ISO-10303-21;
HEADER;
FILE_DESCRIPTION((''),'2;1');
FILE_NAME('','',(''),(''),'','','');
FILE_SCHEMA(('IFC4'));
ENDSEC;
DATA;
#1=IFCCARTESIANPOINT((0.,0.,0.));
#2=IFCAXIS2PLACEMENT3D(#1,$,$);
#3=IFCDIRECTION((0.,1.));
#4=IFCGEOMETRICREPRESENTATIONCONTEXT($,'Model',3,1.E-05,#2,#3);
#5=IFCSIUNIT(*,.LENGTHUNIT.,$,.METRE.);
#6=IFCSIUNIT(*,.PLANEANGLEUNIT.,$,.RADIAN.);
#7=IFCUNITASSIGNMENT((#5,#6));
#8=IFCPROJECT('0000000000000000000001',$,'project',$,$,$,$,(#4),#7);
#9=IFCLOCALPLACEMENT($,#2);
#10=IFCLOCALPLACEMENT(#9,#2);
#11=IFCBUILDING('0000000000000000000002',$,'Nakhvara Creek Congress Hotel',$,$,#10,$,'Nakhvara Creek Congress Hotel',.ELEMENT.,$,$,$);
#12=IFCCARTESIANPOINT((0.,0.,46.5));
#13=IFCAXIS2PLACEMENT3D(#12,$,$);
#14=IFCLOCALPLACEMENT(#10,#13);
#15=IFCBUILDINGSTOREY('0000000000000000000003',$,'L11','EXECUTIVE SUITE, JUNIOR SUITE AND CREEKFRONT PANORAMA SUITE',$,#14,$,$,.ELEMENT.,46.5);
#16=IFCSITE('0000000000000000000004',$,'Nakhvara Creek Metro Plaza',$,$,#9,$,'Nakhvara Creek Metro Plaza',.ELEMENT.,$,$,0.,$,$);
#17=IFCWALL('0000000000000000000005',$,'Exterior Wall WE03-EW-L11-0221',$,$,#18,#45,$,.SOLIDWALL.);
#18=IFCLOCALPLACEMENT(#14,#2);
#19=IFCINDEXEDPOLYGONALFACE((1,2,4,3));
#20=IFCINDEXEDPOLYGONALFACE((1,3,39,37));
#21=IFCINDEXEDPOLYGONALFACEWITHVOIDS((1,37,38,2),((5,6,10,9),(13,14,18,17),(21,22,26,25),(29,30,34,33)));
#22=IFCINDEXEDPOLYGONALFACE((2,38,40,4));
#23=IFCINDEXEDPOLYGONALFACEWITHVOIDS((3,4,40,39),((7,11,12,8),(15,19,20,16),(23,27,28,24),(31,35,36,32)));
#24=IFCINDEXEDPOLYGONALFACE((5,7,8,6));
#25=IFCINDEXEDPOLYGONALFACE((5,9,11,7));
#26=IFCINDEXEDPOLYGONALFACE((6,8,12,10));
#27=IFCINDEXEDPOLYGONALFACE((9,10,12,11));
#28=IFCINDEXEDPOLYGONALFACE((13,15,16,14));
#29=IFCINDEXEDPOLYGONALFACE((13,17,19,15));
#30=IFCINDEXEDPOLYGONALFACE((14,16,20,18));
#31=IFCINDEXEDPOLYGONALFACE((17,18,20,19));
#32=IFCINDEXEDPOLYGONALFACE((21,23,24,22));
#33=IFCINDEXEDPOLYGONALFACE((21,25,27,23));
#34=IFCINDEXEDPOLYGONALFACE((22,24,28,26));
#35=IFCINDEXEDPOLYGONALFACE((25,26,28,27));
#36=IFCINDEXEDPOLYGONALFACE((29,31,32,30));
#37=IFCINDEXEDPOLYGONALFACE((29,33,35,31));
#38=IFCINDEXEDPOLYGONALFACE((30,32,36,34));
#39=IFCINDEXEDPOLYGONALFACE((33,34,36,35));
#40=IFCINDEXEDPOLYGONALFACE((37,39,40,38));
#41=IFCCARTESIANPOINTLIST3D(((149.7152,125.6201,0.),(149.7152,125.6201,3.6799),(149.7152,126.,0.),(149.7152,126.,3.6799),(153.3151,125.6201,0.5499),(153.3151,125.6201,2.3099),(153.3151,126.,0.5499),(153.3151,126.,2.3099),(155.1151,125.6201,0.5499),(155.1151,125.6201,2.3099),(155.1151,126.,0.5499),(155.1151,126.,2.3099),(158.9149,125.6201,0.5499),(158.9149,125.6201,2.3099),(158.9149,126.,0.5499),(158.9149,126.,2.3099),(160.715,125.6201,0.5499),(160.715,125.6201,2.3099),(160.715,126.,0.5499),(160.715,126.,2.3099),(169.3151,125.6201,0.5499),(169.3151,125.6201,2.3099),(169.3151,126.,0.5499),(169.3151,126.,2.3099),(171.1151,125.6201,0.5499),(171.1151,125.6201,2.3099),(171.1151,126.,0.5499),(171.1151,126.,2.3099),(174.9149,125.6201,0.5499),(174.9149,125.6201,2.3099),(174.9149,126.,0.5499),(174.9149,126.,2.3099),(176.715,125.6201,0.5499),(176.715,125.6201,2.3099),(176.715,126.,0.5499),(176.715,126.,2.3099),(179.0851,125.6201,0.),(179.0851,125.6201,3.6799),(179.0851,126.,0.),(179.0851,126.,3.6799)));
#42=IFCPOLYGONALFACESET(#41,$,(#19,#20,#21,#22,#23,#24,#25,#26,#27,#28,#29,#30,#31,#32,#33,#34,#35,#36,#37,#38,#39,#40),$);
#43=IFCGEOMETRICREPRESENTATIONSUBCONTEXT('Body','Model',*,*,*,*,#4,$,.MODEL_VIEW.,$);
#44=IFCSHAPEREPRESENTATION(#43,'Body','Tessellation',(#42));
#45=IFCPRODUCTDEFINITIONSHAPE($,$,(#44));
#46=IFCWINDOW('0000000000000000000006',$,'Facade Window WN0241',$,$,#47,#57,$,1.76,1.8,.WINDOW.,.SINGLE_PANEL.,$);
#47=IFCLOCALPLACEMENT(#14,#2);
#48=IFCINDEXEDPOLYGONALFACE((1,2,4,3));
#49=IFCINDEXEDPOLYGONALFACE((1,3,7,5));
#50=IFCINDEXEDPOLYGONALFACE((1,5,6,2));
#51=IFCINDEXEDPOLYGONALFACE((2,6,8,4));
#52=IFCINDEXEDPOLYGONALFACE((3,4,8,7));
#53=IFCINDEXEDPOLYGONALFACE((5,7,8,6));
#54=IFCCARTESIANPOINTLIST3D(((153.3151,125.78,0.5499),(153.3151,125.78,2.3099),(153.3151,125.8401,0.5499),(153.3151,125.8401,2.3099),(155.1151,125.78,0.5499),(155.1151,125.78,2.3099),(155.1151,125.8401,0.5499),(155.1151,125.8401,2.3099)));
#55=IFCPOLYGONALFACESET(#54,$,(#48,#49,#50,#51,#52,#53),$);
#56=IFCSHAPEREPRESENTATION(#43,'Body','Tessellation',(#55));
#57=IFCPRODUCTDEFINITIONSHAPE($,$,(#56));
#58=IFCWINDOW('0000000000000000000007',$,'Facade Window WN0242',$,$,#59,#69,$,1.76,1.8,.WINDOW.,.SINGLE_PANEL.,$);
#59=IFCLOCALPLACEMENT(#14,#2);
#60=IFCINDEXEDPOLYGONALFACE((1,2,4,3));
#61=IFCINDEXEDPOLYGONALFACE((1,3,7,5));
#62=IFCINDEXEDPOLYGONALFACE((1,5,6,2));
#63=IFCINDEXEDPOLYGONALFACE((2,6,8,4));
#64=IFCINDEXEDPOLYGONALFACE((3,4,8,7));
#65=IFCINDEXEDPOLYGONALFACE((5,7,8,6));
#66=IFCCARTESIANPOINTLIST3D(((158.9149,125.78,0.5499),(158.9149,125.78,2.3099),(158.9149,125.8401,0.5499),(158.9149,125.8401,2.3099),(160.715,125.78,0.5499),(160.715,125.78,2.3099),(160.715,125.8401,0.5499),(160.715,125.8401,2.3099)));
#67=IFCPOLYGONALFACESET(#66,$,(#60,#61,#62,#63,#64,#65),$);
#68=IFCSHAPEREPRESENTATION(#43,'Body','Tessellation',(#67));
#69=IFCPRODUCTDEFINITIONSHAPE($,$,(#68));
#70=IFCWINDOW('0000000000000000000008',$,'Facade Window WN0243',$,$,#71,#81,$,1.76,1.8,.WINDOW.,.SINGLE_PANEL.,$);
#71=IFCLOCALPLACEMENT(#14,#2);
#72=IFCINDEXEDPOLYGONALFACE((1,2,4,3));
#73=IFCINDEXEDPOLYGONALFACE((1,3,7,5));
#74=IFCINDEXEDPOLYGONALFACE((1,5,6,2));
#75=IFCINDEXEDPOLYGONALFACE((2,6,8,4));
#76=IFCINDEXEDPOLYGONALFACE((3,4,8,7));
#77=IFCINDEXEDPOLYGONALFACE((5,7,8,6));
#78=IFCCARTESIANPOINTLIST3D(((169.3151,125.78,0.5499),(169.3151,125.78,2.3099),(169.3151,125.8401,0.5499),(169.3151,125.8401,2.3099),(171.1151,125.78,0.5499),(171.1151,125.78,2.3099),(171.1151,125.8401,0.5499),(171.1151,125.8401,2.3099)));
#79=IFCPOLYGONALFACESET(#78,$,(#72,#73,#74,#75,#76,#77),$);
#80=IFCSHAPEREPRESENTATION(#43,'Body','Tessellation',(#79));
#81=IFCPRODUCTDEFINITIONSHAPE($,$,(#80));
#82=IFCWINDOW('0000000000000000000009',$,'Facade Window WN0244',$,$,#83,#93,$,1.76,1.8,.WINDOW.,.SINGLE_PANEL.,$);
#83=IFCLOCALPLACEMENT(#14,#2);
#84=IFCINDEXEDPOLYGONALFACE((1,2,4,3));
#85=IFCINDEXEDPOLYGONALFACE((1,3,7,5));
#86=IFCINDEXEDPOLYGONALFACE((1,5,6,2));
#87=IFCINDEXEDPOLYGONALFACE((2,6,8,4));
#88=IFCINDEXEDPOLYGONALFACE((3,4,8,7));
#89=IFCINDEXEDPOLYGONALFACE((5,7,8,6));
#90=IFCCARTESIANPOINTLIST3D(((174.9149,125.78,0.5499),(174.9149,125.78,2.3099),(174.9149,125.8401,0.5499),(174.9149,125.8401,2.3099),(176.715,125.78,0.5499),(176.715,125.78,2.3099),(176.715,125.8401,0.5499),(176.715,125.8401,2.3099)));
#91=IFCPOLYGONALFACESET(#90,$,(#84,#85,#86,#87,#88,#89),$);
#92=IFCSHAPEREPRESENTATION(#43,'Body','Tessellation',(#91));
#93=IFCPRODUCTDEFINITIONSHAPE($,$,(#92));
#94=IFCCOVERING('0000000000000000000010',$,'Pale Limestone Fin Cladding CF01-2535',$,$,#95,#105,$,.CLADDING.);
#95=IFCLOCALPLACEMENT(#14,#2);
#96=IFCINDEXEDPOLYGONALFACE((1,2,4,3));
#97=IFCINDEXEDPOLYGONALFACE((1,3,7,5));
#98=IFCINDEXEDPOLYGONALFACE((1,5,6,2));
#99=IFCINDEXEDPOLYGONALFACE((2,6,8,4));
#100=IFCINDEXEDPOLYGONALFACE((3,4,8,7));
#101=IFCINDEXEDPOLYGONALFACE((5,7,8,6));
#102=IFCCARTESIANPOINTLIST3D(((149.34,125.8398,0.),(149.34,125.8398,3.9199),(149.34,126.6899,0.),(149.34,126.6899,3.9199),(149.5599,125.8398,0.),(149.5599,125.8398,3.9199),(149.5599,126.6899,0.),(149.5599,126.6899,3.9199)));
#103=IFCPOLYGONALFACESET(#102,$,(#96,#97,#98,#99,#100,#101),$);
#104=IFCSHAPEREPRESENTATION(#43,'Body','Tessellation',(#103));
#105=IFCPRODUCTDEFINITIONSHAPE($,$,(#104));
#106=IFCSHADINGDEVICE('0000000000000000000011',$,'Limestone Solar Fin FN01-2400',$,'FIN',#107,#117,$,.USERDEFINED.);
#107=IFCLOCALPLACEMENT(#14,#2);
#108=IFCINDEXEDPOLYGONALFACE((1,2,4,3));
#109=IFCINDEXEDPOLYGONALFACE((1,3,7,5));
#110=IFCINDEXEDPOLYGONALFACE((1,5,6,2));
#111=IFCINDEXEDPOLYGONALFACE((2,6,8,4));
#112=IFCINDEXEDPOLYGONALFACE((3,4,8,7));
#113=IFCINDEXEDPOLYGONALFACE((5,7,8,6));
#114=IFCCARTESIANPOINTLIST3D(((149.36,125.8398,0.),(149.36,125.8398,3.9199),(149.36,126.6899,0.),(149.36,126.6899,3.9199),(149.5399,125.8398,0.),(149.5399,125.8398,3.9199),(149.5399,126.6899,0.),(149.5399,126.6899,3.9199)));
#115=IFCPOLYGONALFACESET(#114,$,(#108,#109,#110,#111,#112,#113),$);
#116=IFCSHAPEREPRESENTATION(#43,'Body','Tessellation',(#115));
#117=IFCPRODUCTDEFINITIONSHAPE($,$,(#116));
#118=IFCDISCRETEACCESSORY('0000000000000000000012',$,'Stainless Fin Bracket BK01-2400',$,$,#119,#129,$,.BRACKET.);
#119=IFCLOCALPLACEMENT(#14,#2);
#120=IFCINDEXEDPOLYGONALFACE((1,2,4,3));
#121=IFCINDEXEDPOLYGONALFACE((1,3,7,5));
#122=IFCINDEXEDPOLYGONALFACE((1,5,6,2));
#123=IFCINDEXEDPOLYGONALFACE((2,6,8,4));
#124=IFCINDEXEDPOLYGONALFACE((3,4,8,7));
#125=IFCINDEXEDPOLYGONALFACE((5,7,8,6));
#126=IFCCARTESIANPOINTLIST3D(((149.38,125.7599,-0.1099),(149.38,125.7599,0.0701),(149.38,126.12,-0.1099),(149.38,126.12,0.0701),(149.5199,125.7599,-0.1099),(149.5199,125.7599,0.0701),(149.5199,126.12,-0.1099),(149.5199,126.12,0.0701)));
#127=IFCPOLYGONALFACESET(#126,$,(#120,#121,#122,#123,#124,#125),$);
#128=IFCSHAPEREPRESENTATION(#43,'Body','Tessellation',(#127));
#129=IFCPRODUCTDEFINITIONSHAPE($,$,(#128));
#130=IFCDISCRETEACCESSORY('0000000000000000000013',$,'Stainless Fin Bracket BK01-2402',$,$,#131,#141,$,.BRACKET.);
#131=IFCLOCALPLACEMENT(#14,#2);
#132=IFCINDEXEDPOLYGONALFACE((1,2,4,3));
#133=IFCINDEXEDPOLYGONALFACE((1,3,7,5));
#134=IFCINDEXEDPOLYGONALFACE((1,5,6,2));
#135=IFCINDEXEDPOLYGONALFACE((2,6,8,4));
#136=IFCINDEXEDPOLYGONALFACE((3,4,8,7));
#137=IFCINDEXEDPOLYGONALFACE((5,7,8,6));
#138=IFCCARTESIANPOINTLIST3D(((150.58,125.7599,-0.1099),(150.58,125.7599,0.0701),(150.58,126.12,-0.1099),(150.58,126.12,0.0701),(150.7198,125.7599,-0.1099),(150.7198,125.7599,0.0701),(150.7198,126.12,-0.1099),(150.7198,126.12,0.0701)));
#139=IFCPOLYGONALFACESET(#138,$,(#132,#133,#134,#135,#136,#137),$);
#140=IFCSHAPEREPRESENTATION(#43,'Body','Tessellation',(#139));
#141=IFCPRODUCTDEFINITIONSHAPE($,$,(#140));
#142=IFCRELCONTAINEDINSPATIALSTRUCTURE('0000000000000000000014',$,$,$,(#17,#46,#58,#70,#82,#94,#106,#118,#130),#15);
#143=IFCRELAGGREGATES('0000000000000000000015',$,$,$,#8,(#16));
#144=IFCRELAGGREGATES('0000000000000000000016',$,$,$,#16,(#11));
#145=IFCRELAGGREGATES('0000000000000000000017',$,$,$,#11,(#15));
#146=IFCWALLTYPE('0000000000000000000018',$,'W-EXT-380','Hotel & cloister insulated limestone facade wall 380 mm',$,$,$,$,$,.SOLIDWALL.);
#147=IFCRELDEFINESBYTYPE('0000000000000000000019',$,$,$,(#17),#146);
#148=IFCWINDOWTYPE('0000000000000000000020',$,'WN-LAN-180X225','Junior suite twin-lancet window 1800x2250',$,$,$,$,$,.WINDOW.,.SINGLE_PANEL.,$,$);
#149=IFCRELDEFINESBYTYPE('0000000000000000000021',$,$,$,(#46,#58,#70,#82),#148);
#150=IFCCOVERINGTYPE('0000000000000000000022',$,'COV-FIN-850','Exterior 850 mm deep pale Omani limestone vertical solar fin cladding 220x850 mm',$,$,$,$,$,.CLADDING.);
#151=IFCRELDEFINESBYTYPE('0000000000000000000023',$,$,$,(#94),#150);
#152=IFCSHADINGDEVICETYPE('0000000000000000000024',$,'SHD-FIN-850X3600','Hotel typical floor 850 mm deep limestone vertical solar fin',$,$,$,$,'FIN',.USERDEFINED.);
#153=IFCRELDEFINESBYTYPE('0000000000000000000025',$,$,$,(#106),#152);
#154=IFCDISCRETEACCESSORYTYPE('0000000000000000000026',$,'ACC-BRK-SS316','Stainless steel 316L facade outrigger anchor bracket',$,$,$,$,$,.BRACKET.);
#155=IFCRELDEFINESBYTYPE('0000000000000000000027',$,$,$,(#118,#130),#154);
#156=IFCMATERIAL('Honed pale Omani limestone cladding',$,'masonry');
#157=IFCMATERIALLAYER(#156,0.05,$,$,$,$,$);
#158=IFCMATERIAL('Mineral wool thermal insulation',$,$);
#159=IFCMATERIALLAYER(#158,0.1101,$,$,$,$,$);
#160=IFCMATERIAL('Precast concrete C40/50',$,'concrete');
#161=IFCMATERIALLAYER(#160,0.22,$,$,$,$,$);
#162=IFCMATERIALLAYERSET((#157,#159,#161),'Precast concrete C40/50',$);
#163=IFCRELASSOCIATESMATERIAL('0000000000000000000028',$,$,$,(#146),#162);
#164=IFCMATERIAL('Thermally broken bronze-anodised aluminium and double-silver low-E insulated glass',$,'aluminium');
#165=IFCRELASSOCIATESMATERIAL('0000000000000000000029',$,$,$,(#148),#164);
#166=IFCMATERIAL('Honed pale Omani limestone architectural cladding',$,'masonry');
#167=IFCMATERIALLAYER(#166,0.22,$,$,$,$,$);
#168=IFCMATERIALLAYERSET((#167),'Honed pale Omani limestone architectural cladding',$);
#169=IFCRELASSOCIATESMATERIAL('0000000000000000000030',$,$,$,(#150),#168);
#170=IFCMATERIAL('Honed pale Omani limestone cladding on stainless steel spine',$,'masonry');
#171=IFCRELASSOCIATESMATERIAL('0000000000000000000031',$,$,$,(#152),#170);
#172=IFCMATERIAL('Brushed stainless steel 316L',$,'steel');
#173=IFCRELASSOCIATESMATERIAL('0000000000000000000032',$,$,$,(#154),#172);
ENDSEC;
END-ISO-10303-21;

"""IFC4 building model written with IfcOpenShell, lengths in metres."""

from ifc_helpers import new_model, si_unit, direction, frame, frame_2d, origin, origin_2d, place, context, subcontext, project, spatial, rectangle, extrude, material, layer, layer_set, type_object, element, fill, save


model = new_model("IFC4")

# Units and contexts
model_context = context("Model", 3, precision=1e-05, world=origin(), true_north=direction((0.0, 1.0)))
body_context = subcontext(model_context, "Body", "Model", "MODEL_VIEW")
ifc_project = project(units=[si_unit("LENGTHUNIT", "METRE"), si_unit("PLANEANGLEUNIT", "RADIAN")], contexts=[model_context])

# Site, building, storey
site_placement = place(None, origin())
site = spatial("IfcSite", under=ifc_project, at=site_placement, Name="Nakhvara Creek Metro Plaza", LongName="Nakhvara Creek Metro Plaza", CompositionType="ELEMENT", RefElevation=0.0)
building_placement = place(site_placement, origin())
building = spatial("IfcBuilding", under=site, at=building_placement, Name="Nakhvara Creek Congress Hotel", LongName="Nakhvara Creek Congress Hotel", CompositionType="ELEMENT")
storey_placement = place(building_placement, frame((0.0, 0.0, 46.5)))
storey = spatial("IfcBuildingStorey", under=building, at=storey_placement, Name="L11", Description="EXECUTIVE SUITE, JUNIOR SUITE AND CREEKFRONT PANORAMA SUITE", CompositionType="ELEMENT", Elevation=46.5)

# Wall, openings, windows
ifc_material_1 = material(Name="Honed pale Omani limestone cladding", Category="masonry")
ifc_layer_1 = layer(ifc_material_1, 0.05)
ifc_material_2 = material(Name="Mineral wool thermal insulation")
ifc_layer_2 = layer(ifc_material_2, 0.1101)
ifc_material_3 = material(Name="Precast concrete C40/50", Category="concrete")
ifc_layer_3 = layer(ifc_material_3, 0.22)
ifc_layer_set_1 = layer_set([ifc_layer_1, ifc_layer_2, ifc_layer_3], Name="Precast concrete C40/50")
wall_type = type_object("IfcWallType", Name="W-EXT-380", Description="Hotel & cloister insulated limestone facade wall 380 mm", PredefinedType="SOLIDWALL", material=ifc_layer_set_1)
wall_placement = place(storey_placement, frame((149.7151, 125.8101, 0.0), z_axis=(0.0, 0.0, 1.0), x_axis=(1.0, 0.0, 0.0)))
wall = element("IfcWall", 1, at=wall_placement, inside=storey, type_object=wall_type, Name="Exterior Wall WE03-EW-L11-0221", PredefinedType="SOLIDWALL", context=body_context, shape_type="SweptSolid", body=[
    extrude(rectangle(XDim=29.3699, YDim=0.3799, at=frame_2d((14.6851, 0.0))), origin(), (0.0, 0.0, 1.0), 3.6799),
])
opening_1_placement = place(wall_placement, frame((3.6001, 0.0, 0.55)))
opening_1 = element("IfcOpeningElement", 2, at=opening_1_placement, cuts=wall, PredefinedType="OPENING", context=body_context, shape_type="SweptSolid", body=[
    extrude(rectangle(XDim=1.8, YDim=1.76, at=frame_2d((0.8999, 0.8799))), frame((0.0, 0.2019, 0.0), z_axis=(0.0, -1.0, 0.0), x_axis=(1.0, 0.0, 0.0)), (0.0, 0.0, 1.0), 0.4038),
])
opening_2_placement = place(wall_placement, frame((9.2, 0.0, 0.55)))
opening_2 = element("IfcOpeningElement", 3, at=opening_2_placement, cuts=wall, PredefinedType="OPENING", context=body_context, shape_type="SweptSolid", body=[
    extrude(rectangle(XDim=1.8, YDim=1.76, at=frame_2d((0.8999, 0.8799))), frame((0.0, 0.2019, 0.0), z_axis=(0.0, -1.0, 0.0), x_axis=(1.0, 0.0, 0.0)), (0.0, 0.0, 1.0), 0.4038),
])
opening_3_placement = place(wall_placement, frame((19.6001, 0.0, 0.55)))
opening_3 = element("IfcOpeningElement", 4, at=opening_3_placement, cuts=wall, PredefinedType="OPENING", context=body_context, shape_type="SweptSolid", body=[
    extrude(rectangle(XDim=1.8, YDim=1.76, at=frame_2d((0.8999, 0.8799))), frame((0.0, 0.2019, 0.0), z_axis=(0.0, -1.0, 0.0), x_axis=(1.0, 0.0, 0.0)), (0.0, 0.0, 1.0), 0.4038),
])
opening_4_placement = place(wall_placement, frame((25.2, 0.0, 0.55)))
opening_4 = element("IfcOpeningElement", 5, at=opening_4_placement, cuts=wall, PredefinedType="OPENING", context=body_context, shape_type="SweptSolid", body=[
    extrude(rectangle(XDim=1.8, YDim=1.76, at=frame_2d((0.8999, 0.8799))), frame((0.0, 0.2019, 0.0), z_axis=(0.0, -1.0, 0.0), x_axis=(1.0, 0.0, 0.0)), (0.0, 0.0, 1.0), 0.4038),
])
ifc_material_4 = material(Name="Thermally broken bronze-anodised aluminium and double-silver low-E insulated glass", Category="aluminium")
window_type = type_object("IfcWindowType", Name="WN-LAN-180X225", Description="Junior suite twin-lancet window 1800x2250", PartitioningType="SINGLE_PANEL", PredefinedType="WINDOW", material=ifc_material_4)
window_1_placement = place(opening_1_placement, origin())
window_1 = element("IfcWindow", 6, at=window_1_placement, inside=storey, type_object=window_type, Name="Facade Window WN0241", OverallHeight=1.76, OverallWidth=1.8, PartitioningType="SINGLE_PANEL", PredefinedType="WINDOW", context=body_context, shape_type="SweptSolid", body=[
    extrude(rectangle(XDim=1.8, YDim=1.76, at=frame_2d((0.8999, 0.8799))), frame((0.0, 0.03, 0.0), z_axis=(0.0, -1.0, 0.0), x_axis=(1.0, 0.0, 0.0)), (0.0, 0.0, 1.0), 0.0601),
])
fill(opening_1, window_1)
window_2_placement = place(opening_2_placement, origin())
window_2 = element("IfcWindow", 7, at=window_2_placement, inside=storey, type_object=window_type, Name="Facade Window WN0242", OverallHeight=1.76, OverallWidth=1.8, PartitioningType="SINGLE_PANEL", PredefinedType="WINDOW", context=body_context, shape_type="SweptSolid", body=[
    extrude(rectangle(XDim=1.8, YDim=1.76, at=frame_2d((0.8999, 0.8799))), frame((0.0, 0.03, 0.0), z_axis=(0.0, -1.0, 0.0), x_axis=(1.0, 0.0, 0.0)), (0.0, 0.0, 1.0), 0.0601),
])
fill(opening_2, window_2)
window_3_placement = place(opening_3_placement, origin())
window_3 = element("IfcWindow", 8, at=window_3_placement, inside=storey, type_object=window_type, Name="Facade Window WN0243", OverallHeight=1.76, OverallWidth=1.8, PartitioningType="SINGLE_PANEL", PredefinedType="WINDOW", context=body_context, shape_type="SweptSolid", body=[
    extrude(rectangle(XDim=1.8, YDim=1.76, at=frame_2d((0.8999, 0.8799))), frame((0.0, 0.03, 0.0), z_axis=(0.0, -1.0, 0.0), x_axis=(1.0, 0.0, 0.0)), (0.0, 0.0, 1.0), 0.0601),
])
fill(opening_3, window_3)
window_4_placement = place(opening_4_placement, origin())
window_4 = element("IfcWindow", 9, at=window_4_placement, inside=storey, type_object=window_type, Name="Facade Window WN0244", OverallHeight=1.76, OverallWidth=1.8, PartitioningType="SINGLE_PANEL", PredefinedType="WINDOW", context=body_context, shape_type="SweptSolid", body=[
    extrude(rectangle(XDim=1.8, YDim=1.76, at=frame_2d((0.8999, 0.8799))), frame((0.0, 0.03, 0.0), z_axis=(0.0, -1.0, 0.0), x_axis=(1.0, 0.0, 0.0)), (0.0, 0.0, 1.0), 0.0601),
])
fill(opening_4, window_4)

# Covering
ifc_material_5 = material(Name="Honed pale Omani limestone architectural cladding", Category="masonry")
ifc_layer_4 = layer(ifc_material_5, 0.22)
ifc_layer_set_2 = layer_set([ifc_layer_4], Name="Honed pale Omani limestone architectural cladding")
covering_type = type_object("IfcCoveringType", Name="COV-FIN-850", Description="Exterior 850 mm deep pale Omani limestone vertical solar fin cladding 220x850 mm", PredefinedType="CLADDING", material=ifc_layer_set_2)
covering_placement = place(storey_placement, frame((149.45, 126.2649, 0.0), z_axis=(0.0, 0.0, 1.0), x_axis=(1.0, 0.0, 0.0)))
element("IfcCovering", 10, at=covering_placement, inside=storey, type_object=covering_type, Name="Pale Limestone Fin Cladding CF01-2535", PredefinedType="CLADDING", context=body_context, shape_type="SweptSolid", body=[
    extrude(rectangle(XDim=0.22, YDim=0.8501, at=origin_2d()), origin(), (0.0, 0.0, 1.0), 3.9199),
])

# Shading device
ifc_material_6 = material(Name="Honed pale Omani limestone cladding on stainless steel spine", Category="masonry")
shading_device_type = type_object("IfcShadingDeviceType", Name="SHD-FIN-850X3600", Description="Hotel typical floor 850 mm deep limestone vertical solar fin", ElementType="FIN", PredefinedType="USERDEFINED", material=ifc_material_6)
shading_device_placement = place(storey_placement, frame((149.45, 126.2649, 0.0), z_axis=(0.0, 0.0, 1.0), x_axis=(1.0, 0.0, 0.0)))
element("IfcShadingDevice", 11, at=shading_device_placement, inside=storey, type_object=shading_device_type, Name="Limestone Solar Fin FN01-2400", ObjectType="FIN", PredefinedType="USERDEFINED", context=body_context, shape_type="SweptSolid", body=[
    extrude(rectangle(XDim=0.1799, YDim=0.8501, at=origin_2d()), origin(), (0.0, 0.0, 1.0), 3.9199),
])

# Discrete accessories
ifc_material_7 = material(Name="Brushed stainless steel 316L", Category="steel")
discrete_accessory_type = type_object("IfcDiscreteAccessoryType", Name="ACC-BRK-SS316", Description="Stainless steel 316L facade outrigger anchor bracket", PredefinedType="BRACKET", material=ifc_material_7)
for number, where, z_axis, x_axis, name in (
    (12, (149.45, 125.9399, -0.1099), (0.0, 0.0, 1.0), (1.0, 0.0, 0.0), "Stainless Fin Bracket BK01-2400"),
    (13, (150.6499, 125.9399, -0.1099), (0.0, 0.0, 1.0), (1.0, 0.0, 0.0), "Stainless Fin Bracket BK01-2402"),
):
    element("IfcDiscreteAccessory", number, at=place(storey_placement, frame(where, z_axis=z_axis, x_axis=x_axis)), inside=storey, type_object=discrete_accessory_type, Name=name, PredefinedType="BRACKET", context=body_context, shape_type="SweptSolid", body=[
        extrude(rectangle(XDim=0.1399, YDim=0.3601, at=origin_2d()), origin(), (0.0, 0.0, 1.0), 0.1799),
    ])

save(model, "model.ifc")
